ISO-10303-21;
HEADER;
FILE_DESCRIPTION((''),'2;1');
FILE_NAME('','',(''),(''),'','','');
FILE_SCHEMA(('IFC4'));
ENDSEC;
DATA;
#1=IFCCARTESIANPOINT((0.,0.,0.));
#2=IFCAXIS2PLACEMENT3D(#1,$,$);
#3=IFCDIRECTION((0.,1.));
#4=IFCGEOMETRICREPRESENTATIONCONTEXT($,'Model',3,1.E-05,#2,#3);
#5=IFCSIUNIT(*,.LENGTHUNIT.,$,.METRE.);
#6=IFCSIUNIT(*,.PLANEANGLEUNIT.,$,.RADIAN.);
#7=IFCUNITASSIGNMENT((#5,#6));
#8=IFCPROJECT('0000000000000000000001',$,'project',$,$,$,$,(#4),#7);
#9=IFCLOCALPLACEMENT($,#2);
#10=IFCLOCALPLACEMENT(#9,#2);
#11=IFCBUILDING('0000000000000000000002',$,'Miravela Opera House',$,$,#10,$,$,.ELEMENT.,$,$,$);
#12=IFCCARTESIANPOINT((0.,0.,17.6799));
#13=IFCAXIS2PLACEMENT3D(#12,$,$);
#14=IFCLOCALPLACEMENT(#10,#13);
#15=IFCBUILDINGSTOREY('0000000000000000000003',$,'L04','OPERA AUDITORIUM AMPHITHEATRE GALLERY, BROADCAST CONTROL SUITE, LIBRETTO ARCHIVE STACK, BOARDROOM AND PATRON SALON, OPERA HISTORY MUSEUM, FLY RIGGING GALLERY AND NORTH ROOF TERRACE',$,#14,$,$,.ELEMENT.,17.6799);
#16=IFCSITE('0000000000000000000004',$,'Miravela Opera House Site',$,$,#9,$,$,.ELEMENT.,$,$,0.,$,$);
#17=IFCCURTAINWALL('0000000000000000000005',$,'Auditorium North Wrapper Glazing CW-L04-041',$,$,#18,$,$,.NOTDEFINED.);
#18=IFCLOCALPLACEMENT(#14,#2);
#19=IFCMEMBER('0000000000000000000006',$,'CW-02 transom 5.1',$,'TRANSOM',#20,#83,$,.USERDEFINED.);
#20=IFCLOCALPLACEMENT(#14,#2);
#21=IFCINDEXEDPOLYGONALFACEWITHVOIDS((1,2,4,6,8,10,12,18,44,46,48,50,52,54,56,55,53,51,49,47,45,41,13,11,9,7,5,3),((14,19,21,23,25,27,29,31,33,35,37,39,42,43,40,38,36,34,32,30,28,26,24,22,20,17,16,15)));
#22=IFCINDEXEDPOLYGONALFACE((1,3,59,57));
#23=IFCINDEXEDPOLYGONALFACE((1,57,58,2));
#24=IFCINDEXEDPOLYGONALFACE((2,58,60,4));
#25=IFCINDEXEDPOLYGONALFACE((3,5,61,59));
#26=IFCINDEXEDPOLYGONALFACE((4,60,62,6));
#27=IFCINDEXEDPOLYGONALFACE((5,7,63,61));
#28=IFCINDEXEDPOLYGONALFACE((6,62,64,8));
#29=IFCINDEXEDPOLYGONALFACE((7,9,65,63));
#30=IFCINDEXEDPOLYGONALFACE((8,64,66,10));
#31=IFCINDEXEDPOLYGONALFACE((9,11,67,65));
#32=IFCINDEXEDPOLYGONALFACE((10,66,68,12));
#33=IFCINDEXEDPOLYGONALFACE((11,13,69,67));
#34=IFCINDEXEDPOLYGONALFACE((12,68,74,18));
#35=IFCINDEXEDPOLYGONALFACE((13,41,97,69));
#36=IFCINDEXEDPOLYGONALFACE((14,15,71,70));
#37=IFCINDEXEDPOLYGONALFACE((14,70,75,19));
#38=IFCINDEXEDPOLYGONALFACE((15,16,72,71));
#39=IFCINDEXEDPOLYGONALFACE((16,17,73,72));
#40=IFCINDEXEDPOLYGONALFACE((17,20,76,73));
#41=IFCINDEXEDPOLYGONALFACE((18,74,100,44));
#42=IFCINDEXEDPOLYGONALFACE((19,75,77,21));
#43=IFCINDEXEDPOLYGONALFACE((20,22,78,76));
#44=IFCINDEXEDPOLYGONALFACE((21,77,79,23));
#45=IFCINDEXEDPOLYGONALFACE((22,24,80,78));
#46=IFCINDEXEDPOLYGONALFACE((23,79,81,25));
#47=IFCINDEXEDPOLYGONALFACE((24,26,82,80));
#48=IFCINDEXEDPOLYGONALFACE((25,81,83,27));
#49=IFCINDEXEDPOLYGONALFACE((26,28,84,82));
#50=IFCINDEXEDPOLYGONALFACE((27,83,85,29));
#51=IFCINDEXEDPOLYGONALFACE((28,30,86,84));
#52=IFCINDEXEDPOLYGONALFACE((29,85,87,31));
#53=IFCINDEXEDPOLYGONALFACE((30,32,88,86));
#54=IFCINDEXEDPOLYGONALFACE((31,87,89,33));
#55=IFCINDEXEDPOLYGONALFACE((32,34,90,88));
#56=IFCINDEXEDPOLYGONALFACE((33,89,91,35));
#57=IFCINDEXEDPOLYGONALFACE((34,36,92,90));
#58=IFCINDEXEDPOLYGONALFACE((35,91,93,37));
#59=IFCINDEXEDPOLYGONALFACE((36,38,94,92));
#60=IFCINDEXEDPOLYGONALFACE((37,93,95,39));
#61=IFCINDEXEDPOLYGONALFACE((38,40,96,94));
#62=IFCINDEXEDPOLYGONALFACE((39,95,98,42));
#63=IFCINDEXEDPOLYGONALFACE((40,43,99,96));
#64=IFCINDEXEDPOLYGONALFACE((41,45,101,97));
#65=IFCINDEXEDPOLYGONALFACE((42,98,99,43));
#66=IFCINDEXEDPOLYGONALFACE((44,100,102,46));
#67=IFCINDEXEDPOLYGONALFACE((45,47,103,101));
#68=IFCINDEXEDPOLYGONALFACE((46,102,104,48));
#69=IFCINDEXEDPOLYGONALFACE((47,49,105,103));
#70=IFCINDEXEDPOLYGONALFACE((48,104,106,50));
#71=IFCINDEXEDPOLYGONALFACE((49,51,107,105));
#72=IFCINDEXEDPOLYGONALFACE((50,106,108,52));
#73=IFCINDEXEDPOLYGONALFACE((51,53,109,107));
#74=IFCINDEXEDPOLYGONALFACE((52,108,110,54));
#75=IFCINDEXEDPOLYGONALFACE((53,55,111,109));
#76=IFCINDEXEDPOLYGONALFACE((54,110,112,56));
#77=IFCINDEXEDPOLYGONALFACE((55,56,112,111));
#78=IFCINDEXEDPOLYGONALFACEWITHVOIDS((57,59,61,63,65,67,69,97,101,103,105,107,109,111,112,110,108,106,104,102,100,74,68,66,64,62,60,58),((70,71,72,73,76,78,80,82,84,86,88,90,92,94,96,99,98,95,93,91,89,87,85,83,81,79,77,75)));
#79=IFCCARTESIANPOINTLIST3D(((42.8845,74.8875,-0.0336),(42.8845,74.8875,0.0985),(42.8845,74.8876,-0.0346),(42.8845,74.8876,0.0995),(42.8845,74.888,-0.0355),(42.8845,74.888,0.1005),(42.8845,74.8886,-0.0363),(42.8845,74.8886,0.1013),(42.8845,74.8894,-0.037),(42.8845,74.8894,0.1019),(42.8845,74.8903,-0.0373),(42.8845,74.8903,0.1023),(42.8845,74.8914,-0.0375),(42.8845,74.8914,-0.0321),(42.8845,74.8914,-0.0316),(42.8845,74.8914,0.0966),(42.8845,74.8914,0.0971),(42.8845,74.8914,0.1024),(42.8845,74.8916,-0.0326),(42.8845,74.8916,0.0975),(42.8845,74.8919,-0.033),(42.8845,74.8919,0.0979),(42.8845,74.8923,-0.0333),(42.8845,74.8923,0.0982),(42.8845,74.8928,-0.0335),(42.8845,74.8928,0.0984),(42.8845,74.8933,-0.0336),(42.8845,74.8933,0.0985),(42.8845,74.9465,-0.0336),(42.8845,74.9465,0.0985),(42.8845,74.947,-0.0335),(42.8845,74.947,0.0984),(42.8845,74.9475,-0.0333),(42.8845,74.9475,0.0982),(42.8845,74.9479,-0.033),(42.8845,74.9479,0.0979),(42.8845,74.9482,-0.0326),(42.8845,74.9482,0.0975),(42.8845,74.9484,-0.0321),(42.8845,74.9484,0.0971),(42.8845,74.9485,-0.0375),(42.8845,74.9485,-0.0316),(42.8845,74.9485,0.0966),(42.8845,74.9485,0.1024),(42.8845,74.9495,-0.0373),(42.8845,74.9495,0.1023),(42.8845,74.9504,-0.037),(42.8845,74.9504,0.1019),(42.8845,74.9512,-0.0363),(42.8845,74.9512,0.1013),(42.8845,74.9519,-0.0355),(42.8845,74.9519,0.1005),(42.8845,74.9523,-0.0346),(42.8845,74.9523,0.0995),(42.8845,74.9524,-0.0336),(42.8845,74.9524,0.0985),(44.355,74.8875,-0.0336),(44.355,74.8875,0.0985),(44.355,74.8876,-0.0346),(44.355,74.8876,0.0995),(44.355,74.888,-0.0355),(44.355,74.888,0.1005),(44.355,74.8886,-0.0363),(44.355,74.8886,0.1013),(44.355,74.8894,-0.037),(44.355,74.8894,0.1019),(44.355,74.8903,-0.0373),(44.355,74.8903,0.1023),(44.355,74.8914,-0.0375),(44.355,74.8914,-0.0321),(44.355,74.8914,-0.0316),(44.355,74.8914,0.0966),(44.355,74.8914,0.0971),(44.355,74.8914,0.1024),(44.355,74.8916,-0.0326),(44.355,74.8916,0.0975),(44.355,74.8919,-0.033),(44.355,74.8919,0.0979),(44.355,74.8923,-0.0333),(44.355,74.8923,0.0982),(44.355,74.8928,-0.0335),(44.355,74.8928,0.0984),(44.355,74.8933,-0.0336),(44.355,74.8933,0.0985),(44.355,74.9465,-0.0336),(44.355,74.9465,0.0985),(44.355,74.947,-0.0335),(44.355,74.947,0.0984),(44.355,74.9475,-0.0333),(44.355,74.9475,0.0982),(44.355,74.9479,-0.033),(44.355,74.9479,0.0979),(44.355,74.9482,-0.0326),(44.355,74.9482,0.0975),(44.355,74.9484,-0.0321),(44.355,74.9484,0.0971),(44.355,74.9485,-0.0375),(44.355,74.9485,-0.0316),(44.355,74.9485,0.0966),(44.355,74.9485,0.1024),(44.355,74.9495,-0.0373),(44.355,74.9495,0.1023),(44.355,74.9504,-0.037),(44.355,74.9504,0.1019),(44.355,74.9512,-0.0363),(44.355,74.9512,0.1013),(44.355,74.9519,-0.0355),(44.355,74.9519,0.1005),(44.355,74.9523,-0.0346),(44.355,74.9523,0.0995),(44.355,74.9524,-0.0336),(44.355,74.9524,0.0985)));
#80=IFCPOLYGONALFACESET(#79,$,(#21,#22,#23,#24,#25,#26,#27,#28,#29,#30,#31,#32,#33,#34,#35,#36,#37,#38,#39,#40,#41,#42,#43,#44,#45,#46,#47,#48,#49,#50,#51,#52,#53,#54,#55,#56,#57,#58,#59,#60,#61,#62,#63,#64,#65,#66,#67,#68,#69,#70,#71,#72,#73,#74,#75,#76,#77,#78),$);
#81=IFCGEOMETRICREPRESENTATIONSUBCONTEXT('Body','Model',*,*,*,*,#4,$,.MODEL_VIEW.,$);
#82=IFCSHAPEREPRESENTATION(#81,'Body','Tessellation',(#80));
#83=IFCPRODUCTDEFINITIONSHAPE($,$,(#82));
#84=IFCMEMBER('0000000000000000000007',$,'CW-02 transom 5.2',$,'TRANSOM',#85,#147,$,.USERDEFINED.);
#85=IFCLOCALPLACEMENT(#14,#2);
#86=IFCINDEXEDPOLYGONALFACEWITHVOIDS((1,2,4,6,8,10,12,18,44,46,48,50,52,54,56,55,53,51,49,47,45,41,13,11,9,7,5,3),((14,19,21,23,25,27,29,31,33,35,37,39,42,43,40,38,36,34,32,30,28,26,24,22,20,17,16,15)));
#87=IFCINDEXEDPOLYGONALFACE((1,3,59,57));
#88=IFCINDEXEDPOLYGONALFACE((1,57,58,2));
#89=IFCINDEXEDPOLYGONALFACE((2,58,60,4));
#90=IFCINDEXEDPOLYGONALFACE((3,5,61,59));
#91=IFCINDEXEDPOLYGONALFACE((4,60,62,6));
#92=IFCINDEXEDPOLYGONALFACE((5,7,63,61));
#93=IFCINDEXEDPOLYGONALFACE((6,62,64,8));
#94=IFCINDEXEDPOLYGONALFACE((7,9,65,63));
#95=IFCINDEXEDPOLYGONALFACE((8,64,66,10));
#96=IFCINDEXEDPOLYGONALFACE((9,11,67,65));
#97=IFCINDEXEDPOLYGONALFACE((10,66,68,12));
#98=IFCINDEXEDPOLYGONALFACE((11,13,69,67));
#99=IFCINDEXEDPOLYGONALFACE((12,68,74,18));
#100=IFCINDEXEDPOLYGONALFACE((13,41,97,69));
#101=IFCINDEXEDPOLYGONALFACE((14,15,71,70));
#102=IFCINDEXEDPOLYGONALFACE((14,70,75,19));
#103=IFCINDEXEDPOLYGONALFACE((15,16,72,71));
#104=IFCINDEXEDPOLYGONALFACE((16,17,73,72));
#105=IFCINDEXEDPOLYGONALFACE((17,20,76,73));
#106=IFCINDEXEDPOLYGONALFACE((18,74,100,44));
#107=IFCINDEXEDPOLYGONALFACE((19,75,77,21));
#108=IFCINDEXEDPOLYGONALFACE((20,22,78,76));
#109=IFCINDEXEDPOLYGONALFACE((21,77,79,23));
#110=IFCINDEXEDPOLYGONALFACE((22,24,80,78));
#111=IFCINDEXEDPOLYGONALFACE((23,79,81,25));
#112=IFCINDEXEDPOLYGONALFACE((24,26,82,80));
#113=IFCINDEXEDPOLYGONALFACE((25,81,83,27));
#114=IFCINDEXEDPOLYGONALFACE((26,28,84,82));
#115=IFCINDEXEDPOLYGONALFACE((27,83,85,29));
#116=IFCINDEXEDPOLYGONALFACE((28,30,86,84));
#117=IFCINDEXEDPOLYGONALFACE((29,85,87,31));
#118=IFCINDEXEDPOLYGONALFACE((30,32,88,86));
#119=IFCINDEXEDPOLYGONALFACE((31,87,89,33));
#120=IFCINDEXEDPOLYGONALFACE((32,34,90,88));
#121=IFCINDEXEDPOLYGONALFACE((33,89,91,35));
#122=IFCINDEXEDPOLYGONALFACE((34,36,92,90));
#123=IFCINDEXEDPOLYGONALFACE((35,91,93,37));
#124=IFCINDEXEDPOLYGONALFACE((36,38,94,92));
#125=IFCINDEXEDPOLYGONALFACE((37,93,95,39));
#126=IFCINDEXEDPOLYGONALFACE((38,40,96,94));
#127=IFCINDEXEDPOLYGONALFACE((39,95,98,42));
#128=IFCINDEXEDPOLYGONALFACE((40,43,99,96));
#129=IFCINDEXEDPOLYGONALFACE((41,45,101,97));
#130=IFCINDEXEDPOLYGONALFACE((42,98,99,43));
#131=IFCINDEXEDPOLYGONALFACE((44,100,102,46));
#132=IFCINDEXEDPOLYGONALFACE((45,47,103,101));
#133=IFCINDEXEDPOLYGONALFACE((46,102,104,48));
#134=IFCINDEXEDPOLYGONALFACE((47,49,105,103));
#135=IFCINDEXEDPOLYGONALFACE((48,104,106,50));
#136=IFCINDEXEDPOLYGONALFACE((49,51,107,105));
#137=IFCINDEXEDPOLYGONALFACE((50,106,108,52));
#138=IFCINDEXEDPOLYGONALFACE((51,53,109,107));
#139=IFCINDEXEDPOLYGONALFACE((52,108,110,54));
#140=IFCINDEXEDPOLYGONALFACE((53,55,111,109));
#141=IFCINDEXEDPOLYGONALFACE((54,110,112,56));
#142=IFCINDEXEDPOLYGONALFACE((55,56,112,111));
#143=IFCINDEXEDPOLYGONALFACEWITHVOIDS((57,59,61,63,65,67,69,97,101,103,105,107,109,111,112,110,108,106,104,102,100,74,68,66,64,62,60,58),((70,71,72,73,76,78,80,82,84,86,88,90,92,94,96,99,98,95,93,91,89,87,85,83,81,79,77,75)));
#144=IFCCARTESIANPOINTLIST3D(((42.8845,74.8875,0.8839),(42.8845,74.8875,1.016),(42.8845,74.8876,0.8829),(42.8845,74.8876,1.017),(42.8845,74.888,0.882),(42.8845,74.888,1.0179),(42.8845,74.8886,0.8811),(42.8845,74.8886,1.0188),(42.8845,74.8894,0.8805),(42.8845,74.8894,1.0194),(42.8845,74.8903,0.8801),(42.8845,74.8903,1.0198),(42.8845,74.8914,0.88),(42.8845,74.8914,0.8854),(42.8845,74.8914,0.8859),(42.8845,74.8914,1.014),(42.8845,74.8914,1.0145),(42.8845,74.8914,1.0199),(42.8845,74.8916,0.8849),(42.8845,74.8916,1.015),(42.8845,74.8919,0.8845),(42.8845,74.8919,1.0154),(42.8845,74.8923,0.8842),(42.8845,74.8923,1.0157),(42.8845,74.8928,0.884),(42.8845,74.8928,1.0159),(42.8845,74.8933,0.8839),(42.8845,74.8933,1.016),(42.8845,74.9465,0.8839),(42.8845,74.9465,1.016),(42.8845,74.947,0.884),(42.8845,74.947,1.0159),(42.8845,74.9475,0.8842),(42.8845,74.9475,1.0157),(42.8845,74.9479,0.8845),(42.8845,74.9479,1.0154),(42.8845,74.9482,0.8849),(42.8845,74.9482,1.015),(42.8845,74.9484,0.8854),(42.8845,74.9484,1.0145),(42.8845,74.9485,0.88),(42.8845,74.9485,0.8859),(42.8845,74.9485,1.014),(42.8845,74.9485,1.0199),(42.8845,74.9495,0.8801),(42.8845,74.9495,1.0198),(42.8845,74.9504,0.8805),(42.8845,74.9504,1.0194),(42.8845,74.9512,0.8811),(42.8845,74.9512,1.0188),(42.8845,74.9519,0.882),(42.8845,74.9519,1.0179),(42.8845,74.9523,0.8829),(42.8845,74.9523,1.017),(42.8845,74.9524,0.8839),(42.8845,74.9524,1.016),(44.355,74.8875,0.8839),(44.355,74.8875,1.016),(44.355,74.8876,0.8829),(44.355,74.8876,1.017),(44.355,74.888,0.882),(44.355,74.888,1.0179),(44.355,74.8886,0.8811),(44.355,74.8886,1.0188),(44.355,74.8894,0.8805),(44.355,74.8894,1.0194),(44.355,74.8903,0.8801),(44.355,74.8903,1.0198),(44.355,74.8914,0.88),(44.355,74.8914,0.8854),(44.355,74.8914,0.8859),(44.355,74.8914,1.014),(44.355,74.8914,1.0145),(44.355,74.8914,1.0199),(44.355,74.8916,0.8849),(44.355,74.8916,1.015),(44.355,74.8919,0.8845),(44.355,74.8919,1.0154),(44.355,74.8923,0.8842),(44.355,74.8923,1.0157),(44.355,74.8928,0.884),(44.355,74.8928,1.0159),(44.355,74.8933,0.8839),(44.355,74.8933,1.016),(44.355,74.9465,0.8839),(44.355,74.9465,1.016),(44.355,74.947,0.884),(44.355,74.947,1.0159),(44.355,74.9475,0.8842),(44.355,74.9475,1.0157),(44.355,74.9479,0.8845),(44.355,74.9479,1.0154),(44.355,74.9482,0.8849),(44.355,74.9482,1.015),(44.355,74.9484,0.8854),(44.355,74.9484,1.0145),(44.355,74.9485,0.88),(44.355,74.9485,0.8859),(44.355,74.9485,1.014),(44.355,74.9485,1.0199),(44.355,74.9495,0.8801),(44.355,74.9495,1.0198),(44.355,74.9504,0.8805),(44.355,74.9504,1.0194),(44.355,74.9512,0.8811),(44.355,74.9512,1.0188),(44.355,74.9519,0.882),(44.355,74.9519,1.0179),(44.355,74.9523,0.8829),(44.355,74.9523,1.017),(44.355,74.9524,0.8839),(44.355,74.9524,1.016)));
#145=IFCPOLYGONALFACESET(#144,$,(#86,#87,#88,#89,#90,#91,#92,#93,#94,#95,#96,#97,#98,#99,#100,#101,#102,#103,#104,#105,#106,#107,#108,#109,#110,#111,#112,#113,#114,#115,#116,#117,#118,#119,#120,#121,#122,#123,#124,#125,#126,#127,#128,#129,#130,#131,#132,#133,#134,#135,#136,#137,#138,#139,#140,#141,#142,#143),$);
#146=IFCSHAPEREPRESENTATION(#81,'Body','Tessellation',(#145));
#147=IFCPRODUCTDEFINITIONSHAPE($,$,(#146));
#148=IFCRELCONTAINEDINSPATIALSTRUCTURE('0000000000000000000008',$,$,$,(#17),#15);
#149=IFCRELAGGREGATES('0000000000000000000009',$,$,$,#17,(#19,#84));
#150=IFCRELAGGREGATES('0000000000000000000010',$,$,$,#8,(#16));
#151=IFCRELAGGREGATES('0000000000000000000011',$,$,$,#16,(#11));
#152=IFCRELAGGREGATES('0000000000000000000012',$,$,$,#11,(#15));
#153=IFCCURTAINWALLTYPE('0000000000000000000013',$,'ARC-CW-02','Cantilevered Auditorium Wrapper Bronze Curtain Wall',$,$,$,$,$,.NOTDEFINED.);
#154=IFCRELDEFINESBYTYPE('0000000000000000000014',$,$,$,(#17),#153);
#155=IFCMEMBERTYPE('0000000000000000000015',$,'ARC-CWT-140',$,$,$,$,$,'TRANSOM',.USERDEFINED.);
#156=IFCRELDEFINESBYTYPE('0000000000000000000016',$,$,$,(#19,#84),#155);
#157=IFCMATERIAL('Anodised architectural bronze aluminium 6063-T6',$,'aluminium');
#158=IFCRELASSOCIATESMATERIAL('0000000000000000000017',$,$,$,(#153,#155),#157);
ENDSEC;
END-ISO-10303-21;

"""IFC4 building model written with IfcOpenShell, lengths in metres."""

from ifc_helpers import new_model, si_unit, direction, frame, origin, origin_2d, place, context, subcontext, project, spatial, hollow_rectangle, extrude, material, material_profile, profile_set, type_object, element, aggregate, save


model = new_model("IFC4")

# Units and contexts
model_context = context("Model", 3, precision=1e-05, world=origin(), true_north=direction((0.0, 1.0)))
body_context = subcontext(model_context, "Body", "Model", "MODEL_VIEW")
ifc_project = project(units=[si_unit("LENGTHUNIT", "METRE"), si_unit("PLANEANGLEUNIT", "RADIAN")], contexts=[model_context])

# Site, building, storey
site_placement = place(None, origin())
site = spatial("IfcSite", under=ifc_project, at=site_placement, Name="Miravela Opera House Site", CompositionType="ELEMENT", RefElevation=0.0)
building_placement = place(site_placement, origin())
building = spatial("IfcBuilding", under=site, at=building_placement, Name="Miravela Opera House", CompositionType="ELEMENT")
storey_placement = place(building_placement, frame((0.0, 0.0, 17.6799)))
storey = spatial("IfcBuildingStorey", under=building, at=storey_placement, Name="L04", Description="OPERA AUDITORIUM AMPHITHEATRE GALLERY, BROADCAST CONTROL SUITE, LIBRETTO ARCHIVE STACK, BOARDROOM AND PATRON SALON, OPERA HISTORY MUSEUM, FLY RIGGING GALLERY AND NORTH ROOF TERRACE", CompositionType="ELEMENT", Elevation=17.6799)

# Curtain wall
ifc_material_1 = material(Name="Anodised architectural bronze aluminium 6063-T6", Category="aluminium")
curtain_wall_type = type_object("IfcCurtainWallType", Name="ARC-CW-02", Description="Cantilevered Auditorium Wrapper Bronze Curtain Wall", PredefinedType="NOTDEFINED", material=ifc_material_1)
curtain_wall_1_placement = place(storey_placement, origin())
curtain_wall_1 = element("IfcCurtainWall", 1, at=curtain_wall_1_placement, inside=storey, type_object=curtain_wall_type, Name="Auditorium North Wrapper Glazing CW-L04-041", PredefinedType="NOTDEFINED")

# Members
ifc_material_profile_1 = material_profile(ifc_material_1, hollow_rectangle(XDim=0.0649, YDim=0.1399, WallThickness=0.0039, InnerFilletRadius=0.002, OuterFilletRadius=0.0039, at=origin_2d()), Name="CWT-65X140")
ifc_profile_set_1 = profile_set([ifc_material_profile_1])
member_type_1 = type_object("IfcMemberType", Name="ARC-CWT-140", ElementType="TRANSOM", PredefinedType="USERDEFINED", material=ifc_profile_set_1)
member_1_placement = place(storey_placement, frame((42.8845, 74.9199, 0.0325), z_axis=(1.0, 0.0, 0.0), x_axis=(0.0, 1.0, 0.0)))
member_1 = element("IfcMember", 2, at=member_1_placement, type_object=member_type_1, Name="CW-02 transom 5.1", ObjectType="TRANSOM", PredefinedType="USERDEFINED", context=body_context, shape_type="SweptSolid", body=[
    extrude(hollow_rectangle(XDim=0.0649, YDim=0.1399, WallThickness=0.0039, InnerFilletRadius=0.002, OuterFilletRadius=0.0039, at=origin_2d()), origin(), (0.0, 0.0, 1.0), 1.4705),
])
member_2_placement = place(storey_placement, frame((42.8845, 74.9199, 0.95), z_axis=(1.0, 0.0, 0.0), x_axis=(0.0, 1.0, 0.0)))
member_2 = element("IfcMember", 3, at=member_2_placement, type_object=member_type_1, Name="CW-02 transom 5.2", ObjectType="TRANSOM", PredefinedType="USERDEFINED", context=body_context, shape_type="SweptSolid", body=[
    extrude(hollow_rectangle(XDim=0.0649, YDim=0.1399, WallThickness=0.0039, InnerFilletRadius=0.002, OuterFilletRadius=0.0039, at=origin_2d()), origin(), (0.0, 0.0, 1.0), 1.4705),
])

aggregate(curtain_wall_1, [member_1, member_2])

save(model, "model.ifc")
